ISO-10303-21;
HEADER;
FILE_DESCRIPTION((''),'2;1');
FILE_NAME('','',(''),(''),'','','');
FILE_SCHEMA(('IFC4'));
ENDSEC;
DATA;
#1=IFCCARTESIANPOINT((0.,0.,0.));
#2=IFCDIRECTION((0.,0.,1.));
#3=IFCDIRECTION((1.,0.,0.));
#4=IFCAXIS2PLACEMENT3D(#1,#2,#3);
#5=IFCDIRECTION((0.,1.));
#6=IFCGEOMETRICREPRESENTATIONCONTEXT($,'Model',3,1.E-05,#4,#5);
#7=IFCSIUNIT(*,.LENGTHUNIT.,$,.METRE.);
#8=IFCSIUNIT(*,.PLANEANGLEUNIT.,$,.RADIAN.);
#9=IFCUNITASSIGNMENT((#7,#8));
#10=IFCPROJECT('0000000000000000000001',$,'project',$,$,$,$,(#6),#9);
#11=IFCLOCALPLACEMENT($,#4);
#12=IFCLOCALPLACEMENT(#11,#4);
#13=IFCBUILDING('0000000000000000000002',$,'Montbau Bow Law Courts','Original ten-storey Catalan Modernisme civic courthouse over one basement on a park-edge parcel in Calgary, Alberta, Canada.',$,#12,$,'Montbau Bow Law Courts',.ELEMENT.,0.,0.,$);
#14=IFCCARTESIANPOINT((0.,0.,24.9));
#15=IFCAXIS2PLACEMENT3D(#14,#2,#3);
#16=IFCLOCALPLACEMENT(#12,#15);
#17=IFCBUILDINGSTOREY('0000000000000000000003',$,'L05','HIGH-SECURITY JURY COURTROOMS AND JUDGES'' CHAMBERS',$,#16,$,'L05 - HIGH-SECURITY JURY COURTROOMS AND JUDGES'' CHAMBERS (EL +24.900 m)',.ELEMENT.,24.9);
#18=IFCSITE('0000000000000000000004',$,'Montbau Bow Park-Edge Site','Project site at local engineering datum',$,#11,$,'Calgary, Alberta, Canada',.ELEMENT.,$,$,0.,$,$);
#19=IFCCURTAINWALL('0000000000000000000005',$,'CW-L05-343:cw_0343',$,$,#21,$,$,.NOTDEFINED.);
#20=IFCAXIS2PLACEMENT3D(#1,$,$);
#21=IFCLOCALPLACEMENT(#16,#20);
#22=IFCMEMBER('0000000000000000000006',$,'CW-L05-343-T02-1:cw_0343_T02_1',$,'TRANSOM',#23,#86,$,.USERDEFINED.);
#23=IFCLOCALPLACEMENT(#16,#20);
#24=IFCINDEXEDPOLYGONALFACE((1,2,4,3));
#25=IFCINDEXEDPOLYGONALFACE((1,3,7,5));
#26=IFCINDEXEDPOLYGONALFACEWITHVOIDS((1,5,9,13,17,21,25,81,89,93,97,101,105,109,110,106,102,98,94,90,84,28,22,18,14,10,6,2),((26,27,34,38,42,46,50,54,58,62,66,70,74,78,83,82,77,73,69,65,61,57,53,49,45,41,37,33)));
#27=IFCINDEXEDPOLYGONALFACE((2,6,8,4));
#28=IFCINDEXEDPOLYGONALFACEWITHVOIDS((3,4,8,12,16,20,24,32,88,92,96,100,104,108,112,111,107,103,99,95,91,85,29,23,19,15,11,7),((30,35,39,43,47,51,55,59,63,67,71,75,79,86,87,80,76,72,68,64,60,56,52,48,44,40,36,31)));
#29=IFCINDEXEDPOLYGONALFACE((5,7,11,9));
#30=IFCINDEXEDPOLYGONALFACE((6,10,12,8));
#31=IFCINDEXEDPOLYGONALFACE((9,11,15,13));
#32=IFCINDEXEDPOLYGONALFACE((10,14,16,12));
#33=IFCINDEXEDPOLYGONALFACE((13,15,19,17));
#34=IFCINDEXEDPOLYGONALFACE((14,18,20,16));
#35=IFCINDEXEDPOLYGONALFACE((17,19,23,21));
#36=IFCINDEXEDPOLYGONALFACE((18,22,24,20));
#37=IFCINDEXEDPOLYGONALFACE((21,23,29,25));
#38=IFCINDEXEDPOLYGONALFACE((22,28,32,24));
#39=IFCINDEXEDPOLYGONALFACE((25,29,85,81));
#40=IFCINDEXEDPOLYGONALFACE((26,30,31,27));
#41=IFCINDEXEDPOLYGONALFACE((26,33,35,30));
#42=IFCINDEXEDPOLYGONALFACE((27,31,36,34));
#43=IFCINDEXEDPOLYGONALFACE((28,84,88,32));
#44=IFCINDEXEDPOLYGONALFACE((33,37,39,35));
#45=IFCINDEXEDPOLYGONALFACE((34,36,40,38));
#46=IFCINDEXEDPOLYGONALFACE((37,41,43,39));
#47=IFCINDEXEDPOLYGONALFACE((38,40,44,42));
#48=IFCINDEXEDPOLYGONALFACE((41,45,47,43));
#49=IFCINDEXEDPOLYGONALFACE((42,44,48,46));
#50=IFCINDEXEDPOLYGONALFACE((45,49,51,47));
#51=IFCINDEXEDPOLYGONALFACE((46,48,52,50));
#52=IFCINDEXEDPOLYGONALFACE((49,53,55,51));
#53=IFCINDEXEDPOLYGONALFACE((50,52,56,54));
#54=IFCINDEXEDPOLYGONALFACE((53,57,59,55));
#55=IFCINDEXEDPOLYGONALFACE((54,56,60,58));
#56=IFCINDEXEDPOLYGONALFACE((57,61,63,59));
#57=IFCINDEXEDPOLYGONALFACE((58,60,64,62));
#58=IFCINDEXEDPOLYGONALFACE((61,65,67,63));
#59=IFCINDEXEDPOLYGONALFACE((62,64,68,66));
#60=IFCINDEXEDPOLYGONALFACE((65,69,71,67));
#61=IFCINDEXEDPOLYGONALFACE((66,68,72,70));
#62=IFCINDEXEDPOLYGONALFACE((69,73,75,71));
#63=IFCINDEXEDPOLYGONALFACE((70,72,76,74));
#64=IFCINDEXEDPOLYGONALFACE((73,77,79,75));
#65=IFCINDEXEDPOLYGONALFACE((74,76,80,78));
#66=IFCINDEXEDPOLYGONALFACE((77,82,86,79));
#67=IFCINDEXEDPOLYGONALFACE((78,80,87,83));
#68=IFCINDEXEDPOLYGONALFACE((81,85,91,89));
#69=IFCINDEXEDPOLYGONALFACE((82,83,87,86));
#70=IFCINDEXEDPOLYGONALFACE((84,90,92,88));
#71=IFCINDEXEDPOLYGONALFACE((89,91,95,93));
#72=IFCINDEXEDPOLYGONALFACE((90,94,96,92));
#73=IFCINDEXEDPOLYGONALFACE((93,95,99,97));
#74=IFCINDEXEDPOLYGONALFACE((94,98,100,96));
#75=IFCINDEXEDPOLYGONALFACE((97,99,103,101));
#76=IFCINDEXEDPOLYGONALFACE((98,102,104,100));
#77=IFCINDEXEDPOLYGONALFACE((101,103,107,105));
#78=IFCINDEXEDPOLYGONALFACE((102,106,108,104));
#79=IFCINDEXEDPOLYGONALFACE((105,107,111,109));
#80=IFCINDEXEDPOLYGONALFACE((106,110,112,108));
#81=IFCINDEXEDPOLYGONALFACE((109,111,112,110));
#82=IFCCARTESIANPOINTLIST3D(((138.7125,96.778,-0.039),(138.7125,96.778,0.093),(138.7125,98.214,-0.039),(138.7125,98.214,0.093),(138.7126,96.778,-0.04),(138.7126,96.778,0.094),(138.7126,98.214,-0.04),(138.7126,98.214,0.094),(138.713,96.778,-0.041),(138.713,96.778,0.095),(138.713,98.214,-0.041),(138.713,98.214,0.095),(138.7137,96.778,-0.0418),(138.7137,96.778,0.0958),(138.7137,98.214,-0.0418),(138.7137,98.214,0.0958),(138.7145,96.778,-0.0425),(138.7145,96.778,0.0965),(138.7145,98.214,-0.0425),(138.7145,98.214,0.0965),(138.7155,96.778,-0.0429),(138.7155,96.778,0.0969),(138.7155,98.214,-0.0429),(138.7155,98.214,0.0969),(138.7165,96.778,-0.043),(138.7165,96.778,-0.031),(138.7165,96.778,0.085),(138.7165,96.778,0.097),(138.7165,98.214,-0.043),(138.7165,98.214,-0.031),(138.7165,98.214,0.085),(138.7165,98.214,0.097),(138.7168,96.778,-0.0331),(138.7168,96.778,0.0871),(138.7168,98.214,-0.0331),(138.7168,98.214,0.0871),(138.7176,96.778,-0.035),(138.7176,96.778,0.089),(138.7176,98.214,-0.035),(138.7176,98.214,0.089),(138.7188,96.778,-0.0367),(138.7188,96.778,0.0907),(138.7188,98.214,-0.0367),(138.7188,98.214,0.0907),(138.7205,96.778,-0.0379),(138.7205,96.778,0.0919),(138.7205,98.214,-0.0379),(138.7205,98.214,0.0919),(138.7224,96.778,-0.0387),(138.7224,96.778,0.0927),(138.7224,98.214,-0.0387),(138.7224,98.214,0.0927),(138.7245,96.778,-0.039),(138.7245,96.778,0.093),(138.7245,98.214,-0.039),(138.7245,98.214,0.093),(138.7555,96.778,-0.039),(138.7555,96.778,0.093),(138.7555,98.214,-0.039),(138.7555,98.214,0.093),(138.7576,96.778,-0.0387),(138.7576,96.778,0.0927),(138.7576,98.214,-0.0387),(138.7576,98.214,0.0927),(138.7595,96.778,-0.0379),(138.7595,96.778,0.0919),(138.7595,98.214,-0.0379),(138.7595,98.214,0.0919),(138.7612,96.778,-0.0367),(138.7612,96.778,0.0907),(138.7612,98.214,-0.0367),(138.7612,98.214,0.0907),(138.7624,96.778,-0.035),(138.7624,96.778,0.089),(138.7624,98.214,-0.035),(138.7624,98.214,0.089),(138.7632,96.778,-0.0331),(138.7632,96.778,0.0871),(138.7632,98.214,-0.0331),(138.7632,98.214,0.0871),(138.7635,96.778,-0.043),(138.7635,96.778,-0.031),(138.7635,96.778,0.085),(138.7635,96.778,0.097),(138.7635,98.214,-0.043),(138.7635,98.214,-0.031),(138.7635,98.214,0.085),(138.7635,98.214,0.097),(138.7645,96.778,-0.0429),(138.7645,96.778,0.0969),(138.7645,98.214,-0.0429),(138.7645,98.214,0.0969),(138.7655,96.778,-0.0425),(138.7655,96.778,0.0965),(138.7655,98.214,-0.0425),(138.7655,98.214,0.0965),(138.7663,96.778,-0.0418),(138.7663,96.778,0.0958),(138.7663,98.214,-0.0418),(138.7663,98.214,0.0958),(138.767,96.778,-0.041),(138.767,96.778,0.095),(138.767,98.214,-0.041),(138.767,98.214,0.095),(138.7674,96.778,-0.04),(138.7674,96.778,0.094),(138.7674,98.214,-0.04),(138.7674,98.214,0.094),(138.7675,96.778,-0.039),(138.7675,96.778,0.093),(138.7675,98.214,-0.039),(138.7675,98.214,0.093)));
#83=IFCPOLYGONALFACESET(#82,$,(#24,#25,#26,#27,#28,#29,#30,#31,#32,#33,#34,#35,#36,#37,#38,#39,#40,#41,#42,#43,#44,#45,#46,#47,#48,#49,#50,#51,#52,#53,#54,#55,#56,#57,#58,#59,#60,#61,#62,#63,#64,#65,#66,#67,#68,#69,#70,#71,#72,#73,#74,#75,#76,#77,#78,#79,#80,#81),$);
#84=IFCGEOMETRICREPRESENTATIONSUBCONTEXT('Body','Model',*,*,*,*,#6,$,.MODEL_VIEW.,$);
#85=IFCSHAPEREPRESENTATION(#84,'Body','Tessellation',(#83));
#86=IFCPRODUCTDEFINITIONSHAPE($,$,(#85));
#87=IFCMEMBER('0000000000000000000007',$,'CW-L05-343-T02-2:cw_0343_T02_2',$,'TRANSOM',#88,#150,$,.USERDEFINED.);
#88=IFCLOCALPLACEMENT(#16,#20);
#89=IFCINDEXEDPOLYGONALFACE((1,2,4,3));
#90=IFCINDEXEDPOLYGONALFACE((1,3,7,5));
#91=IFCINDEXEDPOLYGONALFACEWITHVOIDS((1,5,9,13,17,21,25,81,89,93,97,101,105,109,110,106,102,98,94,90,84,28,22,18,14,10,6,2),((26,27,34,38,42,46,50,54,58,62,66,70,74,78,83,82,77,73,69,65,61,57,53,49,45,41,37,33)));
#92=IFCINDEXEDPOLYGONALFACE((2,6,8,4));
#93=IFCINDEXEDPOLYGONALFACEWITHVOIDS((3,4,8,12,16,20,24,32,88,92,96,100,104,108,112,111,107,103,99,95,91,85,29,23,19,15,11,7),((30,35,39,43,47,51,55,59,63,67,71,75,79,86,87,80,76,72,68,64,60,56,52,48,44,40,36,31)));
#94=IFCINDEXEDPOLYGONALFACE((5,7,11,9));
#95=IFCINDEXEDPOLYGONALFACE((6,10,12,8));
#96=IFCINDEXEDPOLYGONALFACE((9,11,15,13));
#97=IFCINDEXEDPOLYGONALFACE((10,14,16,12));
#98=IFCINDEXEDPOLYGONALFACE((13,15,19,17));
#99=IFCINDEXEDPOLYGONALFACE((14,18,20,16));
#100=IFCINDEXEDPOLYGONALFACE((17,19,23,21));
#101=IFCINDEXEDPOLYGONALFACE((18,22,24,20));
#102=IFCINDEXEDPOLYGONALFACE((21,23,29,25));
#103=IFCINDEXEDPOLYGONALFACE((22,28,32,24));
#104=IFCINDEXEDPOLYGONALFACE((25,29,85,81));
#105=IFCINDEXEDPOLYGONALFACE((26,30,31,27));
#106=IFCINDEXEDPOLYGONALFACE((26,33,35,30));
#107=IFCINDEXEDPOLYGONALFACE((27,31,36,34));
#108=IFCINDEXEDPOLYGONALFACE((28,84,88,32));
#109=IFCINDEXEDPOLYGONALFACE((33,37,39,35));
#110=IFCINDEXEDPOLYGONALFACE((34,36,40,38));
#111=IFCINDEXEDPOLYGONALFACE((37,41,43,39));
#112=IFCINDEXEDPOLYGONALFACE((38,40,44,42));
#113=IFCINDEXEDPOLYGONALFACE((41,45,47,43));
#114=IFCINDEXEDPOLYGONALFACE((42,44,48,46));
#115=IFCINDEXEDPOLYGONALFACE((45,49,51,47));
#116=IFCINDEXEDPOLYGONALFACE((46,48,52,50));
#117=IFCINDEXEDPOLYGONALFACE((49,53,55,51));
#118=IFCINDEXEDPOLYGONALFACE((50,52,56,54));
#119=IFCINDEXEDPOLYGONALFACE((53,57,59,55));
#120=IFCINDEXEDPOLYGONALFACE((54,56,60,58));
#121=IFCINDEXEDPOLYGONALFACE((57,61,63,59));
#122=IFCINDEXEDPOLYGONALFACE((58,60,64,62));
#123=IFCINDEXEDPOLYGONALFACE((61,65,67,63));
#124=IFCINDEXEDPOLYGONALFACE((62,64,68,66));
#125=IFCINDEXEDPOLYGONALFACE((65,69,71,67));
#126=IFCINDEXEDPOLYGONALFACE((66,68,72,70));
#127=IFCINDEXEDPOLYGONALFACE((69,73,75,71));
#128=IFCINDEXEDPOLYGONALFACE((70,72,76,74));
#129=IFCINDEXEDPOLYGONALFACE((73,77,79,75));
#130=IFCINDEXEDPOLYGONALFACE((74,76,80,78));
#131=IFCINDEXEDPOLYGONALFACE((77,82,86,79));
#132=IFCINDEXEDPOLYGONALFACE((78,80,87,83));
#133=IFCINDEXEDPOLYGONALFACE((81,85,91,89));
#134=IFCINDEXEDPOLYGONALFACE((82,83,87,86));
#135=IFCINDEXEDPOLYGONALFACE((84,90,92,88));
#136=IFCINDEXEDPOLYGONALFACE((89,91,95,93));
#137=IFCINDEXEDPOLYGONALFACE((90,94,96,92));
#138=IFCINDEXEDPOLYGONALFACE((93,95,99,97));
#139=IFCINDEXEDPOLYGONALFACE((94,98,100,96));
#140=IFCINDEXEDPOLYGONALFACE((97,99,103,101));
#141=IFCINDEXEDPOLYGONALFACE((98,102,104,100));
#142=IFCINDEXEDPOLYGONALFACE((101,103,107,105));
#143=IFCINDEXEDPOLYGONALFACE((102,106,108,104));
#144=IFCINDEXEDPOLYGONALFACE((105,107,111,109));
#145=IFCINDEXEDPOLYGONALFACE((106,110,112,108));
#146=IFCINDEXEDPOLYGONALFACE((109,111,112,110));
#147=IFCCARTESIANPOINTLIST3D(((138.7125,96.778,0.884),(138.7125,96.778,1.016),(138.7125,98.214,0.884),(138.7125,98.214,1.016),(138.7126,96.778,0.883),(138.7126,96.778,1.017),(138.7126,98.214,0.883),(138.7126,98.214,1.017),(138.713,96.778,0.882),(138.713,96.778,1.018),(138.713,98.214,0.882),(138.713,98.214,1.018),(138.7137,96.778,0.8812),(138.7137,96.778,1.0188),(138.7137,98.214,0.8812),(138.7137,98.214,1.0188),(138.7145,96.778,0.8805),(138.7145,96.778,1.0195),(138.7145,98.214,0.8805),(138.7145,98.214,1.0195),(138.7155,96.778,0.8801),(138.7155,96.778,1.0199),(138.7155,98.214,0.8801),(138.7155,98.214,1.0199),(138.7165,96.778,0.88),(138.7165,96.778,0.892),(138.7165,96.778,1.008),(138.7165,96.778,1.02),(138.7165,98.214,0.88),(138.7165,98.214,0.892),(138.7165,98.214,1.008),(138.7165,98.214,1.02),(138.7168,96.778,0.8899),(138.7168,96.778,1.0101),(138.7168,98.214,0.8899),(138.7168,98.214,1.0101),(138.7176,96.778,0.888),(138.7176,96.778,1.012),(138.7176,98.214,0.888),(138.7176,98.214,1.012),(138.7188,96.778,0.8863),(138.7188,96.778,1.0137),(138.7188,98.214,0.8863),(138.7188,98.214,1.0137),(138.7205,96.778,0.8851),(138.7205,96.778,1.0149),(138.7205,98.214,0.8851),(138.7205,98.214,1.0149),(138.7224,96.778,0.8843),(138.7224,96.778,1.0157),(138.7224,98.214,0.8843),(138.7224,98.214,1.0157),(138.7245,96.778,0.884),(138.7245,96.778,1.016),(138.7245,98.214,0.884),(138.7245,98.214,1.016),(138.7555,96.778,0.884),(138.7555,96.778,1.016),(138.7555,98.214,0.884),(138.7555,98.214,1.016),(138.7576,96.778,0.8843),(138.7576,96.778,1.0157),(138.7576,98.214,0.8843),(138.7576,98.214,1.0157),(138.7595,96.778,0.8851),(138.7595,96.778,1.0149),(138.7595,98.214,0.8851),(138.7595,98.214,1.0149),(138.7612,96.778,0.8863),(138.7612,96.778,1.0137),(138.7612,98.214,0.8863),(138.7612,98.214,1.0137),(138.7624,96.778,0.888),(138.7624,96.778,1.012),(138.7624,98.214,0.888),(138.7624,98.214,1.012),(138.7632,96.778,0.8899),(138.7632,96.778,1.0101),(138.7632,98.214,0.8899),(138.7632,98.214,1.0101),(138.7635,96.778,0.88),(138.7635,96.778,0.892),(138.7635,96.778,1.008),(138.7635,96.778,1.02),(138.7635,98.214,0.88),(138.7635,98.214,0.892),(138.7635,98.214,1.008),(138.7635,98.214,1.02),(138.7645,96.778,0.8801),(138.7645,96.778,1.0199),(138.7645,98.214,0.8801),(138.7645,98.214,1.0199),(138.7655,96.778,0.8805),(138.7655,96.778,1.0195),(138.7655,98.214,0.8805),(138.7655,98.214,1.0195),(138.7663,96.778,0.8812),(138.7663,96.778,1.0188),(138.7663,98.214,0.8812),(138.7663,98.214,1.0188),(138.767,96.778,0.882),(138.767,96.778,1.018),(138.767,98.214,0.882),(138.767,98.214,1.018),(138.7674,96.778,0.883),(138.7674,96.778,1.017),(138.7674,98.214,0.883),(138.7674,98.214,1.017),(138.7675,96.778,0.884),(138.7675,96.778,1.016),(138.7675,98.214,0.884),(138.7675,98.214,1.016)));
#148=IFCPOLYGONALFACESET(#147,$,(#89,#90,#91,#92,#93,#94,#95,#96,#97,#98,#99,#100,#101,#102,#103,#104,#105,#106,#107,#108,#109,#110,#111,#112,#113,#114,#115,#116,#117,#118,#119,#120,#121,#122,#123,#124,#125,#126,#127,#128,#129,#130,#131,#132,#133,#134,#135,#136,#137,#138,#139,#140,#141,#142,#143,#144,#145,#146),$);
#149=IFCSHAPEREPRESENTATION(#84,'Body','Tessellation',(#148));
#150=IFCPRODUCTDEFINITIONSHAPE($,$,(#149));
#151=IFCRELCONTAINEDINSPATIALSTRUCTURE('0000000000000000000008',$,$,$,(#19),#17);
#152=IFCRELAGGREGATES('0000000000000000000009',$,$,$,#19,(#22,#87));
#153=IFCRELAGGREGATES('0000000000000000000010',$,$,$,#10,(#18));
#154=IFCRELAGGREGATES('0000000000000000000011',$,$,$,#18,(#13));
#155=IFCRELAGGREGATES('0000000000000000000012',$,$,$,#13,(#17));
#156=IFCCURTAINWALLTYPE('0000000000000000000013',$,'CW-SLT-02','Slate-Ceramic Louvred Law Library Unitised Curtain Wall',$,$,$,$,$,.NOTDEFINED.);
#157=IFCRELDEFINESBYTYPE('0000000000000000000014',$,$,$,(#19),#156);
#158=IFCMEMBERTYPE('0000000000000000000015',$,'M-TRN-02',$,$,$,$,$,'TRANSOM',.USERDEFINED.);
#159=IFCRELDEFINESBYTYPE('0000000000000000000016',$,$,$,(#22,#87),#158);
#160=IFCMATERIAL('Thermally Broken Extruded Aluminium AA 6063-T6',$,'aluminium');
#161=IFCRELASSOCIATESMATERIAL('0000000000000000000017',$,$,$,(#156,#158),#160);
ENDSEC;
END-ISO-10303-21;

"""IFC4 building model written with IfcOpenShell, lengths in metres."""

from ifc_helpers import new_model, si_unit, direction, frame, origin_with_axes, origin_2d_with_axis, place, context, subcontext, project, spatial, hollow_rectangle, extrude, material, material_profile, profile_set, type_object, element, aggregate, save


model = new_model("IFC4")

# Units and contexts
model_context = context("Model", 3, precision=1e-05, world=origin_with_axes(), true_north=direction((0.0, 1.0)))
body_context = subcontext(model_context, "Body", "Model", "MODEL_VIEW")
ifc_project = project(units=[si_unit("LENGTHUNIT", "METRE"), si_unit("PLANEANGLEUNIT", "RADIAN")], contexts=[model_context])

# Site, building, storey
site_placement = place(None, origin_with_axes())
site = spatial("IfcSite", under=ifc_project, at=site_placement, Name="Montbau Bow Park-Edge Site", Description="Project site at local engineering datum", LongName="Calgary, Alberta, Canada", CompositionType="ELEMENT", RefElevation=0.0)
building_placement = place(site_placement, origin_with_axes())
building = spatial("IfcBuilding", under=site, at=building_placement, Name="Montbau Bow Law Courts", Description="Original ten-storey Catalan Modernisme civic courthouse over one basement on a park-edge parcel in Calgary, Alberta, Canada.", LongName="Montbau Bow Law Courts", CompositionType="ELEMENT", ElevationOfRefHeight=0.0, ElevationOfTerrain=0.0)
storey_placement = place(building_placement, frame((0.0, 0.0, 24.9), z_axis=(0.0, 0.0, 1.0), x_axis=(1.0, 0.0, 0.0)))
storey = spatial("IfcBuildingStorey", under=building, at=storey_placement, Name="L05", Description="HIGH-SECURITY JURY COURTROOMS AND JUDGES' CHAMBERS", LongName="L05 - HIGH-SECURITY JURY COURTROOMS AND JUDGES' CHAMBERS (EL +24.900 m)", CompositionType="ELEMENT", Elevation=24.9)

# Curtain wall, members
ifc_material_1 = material(Name="Thermally Broken Extruded Aluminium AA 6063-T6", Category="aluminium")
curtain_wall_type = type_object("IfcCurtainWallType", Name="CW-SLT-02", Description="Slate-Ceramic Louvred Law Library Unitised Curtain Wall", PredefinedType="NOTDEFINED", material=ifc_material_1)
curtain_wall_placement = place(None, frame((138.74, 95.24, 24.9), z_axis=(0.0, 0.0, 1.0), x_axis=(1.0, 0.0, 0.0)))
curtain_wall = element("IfcCurtainWall", 1, at=curtain_wall_placement, inside=storey, type_object=curtain_wall_type, Name="CW-L05-343:cw_0343", PredefinedType="NOTDEFINED")
ifc_material_profile_1 = material_profile(ifc_material_1, hollow_rectangle(XDim=0.055, YDim=0.14, WallThickness=0.004, InnerFilletRadius=0.008, OuterFilletRadius=0.004, at=origin_2d_with_axis()), Name="CWT-140X55", Category="Main", Priority=0)
ifc_profile_set_1 = profile_set([ifc_material_profile_1], Name="Thermally Broken Extruded Aluminium AA 6063-T6")
member_type_1 = type_object("IfcMemberType", Name="M-TRN-02", ElementType="TRANSOM", PredefinedType="USERDEFINED", material=ifc_profile_set_1)
member_1_placement = place(None, frame((138.74, 96.778, 24.927), z_axis=(0.0, 1.0, 0.0), x_axis=(-1.0, 0.0, 0.0)))
member_1 = element("IfcMember", 2, at=member_1_placement, type_object=member_type_1, Name="CW-L05-343-T02-1:cw_0343_T02_1", ObjectType="TRANSOM", PredefinedType="USERDEFINED", context=body_context, shape_type="SweptSolid", body=[
    extrude(hollow_rectangle(XDim=0.055, YDim=0.14, WallThickness=0.004, InnerFilletRadius=0.008, OuterFilletRadius=0.004, at=origin_2d_with_axis()), origin_with_axes(), (0.0, 0.0, 1.0), 1.436),
])
member_2_placement = place(None, frame((138.74, 96.778, 25.85), z_axis=(0.0, 1.0, 0.0), x_axis=(-1.0, 0.0, 0.0)))
member_2 = element("IfcMember", 3, at=member_2_placement, type_object=member_type_1, Name="CW-L05-343-T02-2:cw_0343_T02_2", ObjectType="TRANSOM", PredefinedType="USERDEFINED", context=body_context, shape_type="SweptSolid", body=[
    extrude(hollow_rectangle(XDim=0.055, YDim=0.14, WallThickness=0.004, InnerFilletRadius=0.008, OuterFilletRadius=0.004, at=origin_2d_with_axis()), origin_with_axes(), (0.0, 0.0, 1.0), 1.436),
])
aggregate(curtain_wall, [member_1, member_2])

save(model, "model.ifc")
